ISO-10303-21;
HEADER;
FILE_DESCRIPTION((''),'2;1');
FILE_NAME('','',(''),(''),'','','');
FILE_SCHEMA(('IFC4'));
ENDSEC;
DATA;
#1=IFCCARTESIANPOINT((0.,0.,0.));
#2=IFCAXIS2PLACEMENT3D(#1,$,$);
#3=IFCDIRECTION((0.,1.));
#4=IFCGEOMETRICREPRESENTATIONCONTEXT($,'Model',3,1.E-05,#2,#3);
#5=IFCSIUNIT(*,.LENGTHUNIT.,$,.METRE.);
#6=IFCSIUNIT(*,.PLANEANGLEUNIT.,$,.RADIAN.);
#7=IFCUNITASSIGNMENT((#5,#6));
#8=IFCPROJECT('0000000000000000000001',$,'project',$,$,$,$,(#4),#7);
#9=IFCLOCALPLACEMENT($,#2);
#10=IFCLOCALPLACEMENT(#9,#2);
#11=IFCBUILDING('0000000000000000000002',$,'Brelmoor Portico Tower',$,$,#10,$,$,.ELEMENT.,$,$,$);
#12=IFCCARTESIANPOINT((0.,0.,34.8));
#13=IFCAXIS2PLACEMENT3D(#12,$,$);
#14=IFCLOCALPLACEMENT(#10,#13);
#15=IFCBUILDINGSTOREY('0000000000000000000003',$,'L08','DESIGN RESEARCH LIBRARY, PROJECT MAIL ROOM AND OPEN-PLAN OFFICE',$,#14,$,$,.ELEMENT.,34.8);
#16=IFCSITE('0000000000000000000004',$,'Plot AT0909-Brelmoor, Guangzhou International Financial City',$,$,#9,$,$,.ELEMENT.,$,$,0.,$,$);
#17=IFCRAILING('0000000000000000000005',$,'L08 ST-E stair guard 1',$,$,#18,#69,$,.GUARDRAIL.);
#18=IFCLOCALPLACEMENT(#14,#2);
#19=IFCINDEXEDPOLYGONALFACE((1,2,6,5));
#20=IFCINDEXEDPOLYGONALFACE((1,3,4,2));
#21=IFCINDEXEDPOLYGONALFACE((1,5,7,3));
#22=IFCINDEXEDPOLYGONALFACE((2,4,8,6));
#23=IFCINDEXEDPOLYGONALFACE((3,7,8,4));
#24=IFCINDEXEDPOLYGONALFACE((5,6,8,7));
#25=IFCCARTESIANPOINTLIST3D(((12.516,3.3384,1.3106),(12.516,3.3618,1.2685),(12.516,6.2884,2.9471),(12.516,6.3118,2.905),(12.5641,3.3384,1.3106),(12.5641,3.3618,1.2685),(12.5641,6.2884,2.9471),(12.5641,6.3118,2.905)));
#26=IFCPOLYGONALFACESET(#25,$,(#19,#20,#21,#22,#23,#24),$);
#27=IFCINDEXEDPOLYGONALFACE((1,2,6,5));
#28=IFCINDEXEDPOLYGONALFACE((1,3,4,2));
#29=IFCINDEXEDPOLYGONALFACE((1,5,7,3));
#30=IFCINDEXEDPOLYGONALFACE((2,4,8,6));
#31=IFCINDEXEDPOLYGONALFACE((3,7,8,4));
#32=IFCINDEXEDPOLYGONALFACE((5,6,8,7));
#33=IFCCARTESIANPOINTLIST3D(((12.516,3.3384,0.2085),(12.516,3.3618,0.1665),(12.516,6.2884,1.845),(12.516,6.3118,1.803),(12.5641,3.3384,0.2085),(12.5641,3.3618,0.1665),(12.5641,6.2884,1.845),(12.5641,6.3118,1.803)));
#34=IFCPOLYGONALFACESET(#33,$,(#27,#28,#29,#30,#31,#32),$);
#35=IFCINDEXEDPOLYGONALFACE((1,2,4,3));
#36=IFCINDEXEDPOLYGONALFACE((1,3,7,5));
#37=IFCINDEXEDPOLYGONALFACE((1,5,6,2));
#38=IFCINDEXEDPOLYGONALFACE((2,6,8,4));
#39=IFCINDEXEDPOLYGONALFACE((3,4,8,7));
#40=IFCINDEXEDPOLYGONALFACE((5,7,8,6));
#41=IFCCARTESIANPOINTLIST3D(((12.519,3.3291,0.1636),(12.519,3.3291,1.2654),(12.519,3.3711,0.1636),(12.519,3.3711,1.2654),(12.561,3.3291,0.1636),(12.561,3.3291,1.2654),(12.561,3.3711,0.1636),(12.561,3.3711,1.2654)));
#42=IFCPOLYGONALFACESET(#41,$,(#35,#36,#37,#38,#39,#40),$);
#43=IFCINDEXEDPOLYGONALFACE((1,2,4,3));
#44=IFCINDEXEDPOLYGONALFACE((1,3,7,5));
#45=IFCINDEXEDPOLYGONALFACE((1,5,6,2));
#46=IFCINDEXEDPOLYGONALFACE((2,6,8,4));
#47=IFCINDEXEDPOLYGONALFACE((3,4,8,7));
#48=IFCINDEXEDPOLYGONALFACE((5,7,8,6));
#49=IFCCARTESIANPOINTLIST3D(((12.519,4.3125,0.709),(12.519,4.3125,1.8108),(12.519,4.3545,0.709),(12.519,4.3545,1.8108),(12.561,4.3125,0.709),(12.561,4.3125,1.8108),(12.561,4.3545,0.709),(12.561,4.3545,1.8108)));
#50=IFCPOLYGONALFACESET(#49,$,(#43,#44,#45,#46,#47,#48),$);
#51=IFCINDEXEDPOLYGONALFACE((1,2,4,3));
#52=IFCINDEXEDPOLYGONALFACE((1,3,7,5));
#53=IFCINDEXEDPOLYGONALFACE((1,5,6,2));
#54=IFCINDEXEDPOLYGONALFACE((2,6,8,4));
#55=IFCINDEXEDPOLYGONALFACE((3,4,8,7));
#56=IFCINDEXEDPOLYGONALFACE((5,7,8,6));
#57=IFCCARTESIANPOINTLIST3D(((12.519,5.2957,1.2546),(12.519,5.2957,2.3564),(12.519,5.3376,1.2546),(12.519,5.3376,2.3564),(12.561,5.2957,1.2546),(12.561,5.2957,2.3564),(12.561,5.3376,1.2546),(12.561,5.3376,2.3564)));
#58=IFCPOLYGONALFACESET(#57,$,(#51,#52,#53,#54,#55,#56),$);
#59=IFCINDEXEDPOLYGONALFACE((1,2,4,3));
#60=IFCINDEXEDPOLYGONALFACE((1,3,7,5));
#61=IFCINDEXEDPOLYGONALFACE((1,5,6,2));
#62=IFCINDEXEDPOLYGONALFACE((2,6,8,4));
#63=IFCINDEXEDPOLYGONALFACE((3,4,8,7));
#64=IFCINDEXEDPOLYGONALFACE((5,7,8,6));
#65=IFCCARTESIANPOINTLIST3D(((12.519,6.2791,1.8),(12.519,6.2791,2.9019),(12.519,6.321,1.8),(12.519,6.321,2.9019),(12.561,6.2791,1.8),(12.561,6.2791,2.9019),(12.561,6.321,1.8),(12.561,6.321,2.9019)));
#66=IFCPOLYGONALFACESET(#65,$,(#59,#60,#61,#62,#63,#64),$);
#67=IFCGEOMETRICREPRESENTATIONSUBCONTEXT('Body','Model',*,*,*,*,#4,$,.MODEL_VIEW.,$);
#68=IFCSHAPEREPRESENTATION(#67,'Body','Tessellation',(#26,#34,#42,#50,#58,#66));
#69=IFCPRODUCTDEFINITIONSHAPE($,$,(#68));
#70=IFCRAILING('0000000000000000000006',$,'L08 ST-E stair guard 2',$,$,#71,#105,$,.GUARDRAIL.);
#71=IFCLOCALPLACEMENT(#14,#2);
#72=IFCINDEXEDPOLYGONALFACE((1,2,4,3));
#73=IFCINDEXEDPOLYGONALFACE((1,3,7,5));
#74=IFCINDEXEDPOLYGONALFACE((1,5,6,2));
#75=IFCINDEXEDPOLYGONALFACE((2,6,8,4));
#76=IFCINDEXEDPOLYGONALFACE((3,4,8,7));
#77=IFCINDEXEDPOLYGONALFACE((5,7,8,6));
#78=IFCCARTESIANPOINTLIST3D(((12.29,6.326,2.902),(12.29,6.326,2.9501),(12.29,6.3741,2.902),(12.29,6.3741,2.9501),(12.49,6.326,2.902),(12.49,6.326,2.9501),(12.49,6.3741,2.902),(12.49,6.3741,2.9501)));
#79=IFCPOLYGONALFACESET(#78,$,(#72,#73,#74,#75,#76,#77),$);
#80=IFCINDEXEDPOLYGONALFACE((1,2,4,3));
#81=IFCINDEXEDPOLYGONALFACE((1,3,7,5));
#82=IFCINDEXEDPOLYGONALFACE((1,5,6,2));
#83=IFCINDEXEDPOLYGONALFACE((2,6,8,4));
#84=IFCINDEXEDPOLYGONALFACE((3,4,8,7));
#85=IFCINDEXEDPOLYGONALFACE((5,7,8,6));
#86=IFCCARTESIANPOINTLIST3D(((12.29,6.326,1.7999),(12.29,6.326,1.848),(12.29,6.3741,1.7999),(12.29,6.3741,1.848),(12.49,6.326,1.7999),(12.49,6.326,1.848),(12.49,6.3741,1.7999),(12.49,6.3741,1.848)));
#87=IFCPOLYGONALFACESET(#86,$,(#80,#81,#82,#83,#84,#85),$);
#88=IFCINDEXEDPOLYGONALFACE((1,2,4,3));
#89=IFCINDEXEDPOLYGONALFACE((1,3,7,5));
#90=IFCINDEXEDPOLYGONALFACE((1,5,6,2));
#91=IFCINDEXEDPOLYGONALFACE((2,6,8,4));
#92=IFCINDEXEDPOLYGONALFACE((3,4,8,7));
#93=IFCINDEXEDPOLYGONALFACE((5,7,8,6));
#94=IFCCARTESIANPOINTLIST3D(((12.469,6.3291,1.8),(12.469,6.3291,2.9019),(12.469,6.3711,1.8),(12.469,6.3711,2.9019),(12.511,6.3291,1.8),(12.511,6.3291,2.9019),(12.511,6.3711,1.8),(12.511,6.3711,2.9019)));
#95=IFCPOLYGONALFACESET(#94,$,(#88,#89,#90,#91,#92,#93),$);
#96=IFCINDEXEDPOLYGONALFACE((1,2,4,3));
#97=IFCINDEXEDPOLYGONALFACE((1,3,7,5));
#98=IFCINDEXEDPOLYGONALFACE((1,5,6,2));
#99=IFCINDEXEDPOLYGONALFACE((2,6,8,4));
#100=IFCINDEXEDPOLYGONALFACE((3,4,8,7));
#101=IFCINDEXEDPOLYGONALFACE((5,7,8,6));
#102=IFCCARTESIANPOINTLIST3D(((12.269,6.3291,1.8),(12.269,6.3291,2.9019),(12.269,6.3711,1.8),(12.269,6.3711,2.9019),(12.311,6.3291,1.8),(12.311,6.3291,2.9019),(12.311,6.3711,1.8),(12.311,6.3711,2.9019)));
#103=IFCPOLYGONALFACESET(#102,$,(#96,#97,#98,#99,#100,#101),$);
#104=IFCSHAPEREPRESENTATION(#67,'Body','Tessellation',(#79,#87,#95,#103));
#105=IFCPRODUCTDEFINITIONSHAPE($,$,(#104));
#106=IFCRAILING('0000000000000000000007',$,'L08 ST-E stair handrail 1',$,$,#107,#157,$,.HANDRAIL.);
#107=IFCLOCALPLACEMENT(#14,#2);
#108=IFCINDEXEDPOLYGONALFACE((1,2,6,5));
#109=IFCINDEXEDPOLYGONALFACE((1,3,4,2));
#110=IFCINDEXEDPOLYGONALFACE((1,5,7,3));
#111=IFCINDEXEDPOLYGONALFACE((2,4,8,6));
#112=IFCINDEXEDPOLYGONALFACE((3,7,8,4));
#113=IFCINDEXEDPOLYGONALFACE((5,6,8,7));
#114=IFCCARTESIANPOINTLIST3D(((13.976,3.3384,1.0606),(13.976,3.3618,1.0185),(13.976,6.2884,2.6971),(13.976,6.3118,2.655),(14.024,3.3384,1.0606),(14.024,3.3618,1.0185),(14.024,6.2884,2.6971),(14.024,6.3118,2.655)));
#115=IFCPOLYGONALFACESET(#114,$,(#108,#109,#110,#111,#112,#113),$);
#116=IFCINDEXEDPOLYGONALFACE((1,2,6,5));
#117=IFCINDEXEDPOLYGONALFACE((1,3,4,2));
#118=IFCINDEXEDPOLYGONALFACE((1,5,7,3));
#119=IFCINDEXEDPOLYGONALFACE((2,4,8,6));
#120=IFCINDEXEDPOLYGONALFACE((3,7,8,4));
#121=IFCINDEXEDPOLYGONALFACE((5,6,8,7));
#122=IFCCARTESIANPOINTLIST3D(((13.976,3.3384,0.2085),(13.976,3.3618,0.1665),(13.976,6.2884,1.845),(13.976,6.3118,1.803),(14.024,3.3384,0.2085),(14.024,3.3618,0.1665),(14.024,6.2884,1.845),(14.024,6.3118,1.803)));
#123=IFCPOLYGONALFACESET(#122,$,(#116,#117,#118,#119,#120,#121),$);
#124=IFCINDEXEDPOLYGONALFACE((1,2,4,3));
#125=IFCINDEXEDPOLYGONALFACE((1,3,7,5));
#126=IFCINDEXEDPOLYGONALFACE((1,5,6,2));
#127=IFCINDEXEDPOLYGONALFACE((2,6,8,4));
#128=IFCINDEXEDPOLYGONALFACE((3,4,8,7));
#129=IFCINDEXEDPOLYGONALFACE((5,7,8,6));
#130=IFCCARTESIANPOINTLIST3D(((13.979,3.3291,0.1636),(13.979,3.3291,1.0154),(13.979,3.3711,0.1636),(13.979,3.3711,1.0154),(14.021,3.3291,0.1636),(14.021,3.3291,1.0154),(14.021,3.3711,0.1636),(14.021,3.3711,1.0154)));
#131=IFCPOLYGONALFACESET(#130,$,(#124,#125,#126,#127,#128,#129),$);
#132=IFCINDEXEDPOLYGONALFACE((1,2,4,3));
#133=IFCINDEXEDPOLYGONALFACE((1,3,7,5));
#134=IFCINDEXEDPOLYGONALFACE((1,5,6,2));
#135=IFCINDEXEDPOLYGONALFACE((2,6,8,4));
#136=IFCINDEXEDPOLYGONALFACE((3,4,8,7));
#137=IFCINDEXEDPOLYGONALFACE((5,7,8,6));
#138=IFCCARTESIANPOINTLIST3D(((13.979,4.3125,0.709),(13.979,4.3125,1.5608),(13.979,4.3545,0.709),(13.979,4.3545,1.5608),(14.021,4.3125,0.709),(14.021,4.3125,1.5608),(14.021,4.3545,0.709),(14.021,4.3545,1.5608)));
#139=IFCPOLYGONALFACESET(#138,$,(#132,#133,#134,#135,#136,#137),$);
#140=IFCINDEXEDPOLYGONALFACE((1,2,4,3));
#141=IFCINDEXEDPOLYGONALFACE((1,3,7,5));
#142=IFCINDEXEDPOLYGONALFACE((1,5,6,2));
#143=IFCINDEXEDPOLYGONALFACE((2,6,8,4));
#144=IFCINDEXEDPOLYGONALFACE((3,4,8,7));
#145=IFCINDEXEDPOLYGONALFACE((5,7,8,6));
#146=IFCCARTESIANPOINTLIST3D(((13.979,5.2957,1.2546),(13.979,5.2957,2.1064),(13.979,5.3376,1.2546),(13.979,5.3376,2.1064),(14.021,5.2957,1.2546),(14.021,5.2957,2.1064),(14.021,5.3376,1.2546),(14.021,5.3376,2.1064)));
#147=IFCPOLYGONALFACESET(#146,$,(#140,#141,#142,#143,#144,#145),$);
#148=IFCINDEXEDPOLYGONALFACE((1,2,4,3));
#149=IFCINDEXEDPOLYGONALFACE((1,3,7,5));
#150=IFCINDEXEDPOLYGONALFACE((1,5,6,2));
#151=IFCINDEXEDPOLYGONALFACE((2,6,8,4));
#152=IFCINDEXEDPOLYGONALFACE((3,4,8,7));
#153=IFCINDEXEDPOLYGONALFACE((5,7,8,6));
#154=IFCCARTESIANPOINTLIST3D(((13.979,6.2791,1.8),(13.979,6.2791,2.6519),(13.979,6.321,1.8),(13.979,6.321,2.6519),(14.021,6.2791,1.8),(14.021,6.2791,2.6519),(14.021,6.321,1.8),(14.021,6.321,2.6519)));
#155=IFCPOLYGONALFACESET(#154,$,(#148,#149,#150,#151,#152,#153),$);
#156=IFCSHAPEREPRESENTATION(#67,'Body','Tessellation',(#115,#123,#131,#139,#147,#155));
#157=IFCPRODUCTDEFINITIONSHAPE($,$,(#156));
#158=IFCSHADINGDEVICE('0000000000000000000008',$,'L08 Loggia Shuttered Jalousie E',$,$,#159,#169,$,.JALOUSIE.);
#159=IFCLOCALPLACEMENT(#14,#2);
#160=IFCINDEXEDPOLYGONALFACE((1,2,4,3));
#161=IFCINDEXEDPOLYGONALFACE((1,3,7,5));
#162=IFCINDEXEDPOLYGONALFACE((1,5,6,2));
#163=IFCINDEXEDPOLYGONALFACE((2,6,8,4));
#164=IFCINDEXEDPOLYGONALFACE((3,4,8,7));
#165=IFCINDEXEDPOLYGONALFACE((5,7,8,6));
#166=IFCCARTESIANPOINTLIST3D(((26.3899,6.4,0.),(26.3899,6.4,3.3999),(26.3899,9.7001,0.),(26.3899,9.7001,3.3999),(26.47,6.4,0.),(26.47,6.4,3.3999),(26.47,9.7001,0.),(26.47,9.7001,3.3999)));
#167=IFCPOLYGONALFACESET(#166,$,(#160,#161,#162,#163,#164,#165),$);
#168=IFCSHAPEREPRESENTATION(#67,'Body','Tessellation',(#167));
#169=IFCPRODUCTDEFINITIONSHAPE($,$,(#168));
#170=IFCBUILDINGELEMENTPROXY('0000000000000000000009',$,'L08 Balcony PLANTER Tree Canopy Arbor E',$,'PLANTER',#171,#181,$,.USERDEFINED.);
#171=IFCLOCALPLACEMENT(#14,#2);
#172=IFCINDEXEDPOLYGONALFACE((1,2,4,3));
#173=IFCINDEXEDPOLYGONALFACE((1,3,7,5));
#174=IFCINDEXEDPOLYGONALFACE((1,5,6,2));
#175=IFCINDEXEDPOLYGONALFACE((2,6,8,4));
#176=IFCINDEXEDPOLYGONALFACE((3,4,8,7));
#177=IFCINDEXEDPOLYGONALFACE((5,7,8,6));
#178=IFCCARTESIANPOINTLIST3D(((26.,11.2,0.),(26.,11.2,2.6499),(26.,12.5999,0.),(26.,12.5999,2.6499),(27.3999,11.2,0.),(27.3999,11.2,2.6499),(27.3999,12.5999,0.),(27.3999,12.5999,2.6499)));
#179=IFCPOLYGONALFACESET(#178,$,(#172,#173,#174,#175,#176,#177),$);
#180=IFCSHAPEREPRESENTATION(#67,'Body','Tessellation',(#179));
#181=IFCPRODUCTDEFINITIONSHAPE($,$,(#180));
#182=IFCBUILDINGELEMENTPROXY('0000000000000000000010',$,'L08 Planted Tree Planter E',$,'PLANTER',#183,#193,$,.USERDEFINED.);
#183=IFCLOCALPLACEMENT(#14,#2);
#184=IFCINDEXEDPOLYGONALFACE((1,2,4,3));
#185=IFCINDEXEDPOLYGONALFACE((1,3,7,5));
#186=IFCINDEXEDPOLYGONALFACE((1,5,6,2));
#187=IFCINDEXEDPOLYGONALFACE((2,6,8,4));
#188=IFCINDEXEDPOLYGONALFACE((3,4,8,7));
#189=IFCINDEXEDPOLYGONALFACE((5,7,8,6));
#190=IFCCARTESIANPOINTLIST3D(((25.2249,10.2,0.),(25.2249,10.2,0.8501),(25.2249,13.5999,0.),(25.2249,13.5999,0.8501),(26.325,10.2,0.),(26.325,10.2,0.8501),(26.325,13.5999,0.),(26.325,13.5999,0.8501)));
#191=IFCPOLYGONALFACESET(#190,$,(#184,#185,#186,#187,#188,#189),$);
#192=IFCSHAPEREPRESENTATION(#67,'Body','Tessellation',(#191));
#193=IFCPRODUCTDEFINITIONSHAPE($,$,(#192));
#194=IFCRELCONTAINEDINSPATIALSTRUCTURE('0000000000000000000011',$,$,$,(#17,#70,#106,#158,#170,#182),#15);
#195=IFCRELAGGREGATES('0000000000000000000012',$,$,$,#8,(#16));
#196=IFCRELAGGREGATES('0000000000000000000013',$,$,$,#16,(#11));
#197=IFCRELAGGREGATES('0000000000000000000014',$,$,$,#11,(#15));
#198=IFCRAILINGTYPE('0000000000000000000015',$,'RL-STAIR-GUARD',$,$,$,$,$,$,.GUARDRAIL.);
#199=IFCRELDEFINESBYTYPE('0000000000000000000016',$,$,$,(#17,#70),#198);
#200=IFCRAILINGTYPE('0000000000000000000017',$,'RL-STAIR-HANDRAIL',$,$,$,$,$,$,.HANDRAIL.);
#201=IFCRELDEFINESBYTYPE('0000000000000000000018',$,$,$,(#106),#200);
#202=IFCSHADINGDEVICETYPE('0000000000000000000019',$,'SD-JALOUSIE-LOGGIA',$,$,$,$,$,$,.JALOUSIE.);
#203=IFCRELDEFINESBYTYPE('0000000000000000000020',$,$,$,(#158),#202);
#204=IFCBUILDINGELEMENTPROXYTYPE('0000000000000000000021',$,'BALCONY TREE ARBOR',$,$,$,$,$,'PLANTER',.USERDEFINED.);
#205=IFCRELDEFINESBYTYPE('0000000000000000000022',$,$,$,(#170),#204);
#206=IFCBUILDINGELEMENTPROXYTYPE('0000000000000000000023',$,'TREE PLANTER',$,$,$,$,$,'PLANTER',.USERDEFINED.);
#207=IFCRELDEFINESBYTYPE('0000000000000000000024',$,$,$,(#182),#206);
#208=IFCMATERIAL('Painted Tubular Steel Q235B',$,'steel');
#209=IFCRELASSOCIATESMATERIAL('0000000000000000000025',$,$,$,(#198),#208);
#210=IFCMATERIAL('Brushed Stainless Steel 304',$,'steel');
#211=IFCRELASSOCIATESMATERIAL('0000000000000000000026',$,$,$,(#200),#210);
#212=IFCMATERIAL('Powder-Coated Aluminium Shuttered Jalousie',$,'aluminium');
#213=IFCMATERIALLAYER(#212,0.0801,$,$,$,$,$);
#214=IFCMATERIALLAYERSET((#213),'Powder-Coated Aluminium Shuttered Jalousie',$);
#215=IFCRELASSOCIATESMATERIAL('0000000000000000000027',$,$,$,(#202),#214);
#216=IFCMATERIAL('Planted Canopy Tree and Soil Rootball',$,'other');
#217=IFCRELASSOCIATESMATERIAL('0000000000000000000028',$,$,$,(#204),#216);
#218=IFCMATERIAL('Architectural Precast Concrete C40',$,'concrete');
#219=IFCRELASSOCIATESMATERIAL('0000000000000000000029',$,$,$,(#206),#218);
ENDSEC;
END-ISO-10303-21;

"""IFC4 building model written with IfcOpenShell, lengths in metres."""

from ifc_helpers import new_model, si_unit, direction, frame, origin, origin_2d, place, context, subcontext, project, spatial, rectangle, extrude, material, layer, layer_set, type_object, element, save


model = new_model("IFC4")

# Units and contexts
model_context = context("Model", 3, precision=1e-05, world=origin(), true_north=direction((0.0, 1.0)))
body_context = subcontext(model_context, "Body", "Model", "MODEL_VIEW")
ifc_project = project(units=[si_unit("LENGTHUNIT", "METRE"), si_unit("PLANEANGLEUNIT", "RADIAN")], contexts=[model_context])

# Site, building, storey
site_placement = place(None, origin())
site = spatial("IfcSite", under=ifc_project, at=site_placement, Name="Plot AT0909-Brelmoor, Guangzhou International Financial City", CompositionType="ELEMENT", RefElevation=0.0)
building_placement = place(site_placement, origin())
building = spatial("IfcBuilding", under=site, at=building_placement, Name="Brelmoor Portico Tower", CompositionType="ELEMENT")
storey_placement = place(building_placement, frame((0.0, 0.0, 34.8)))
storey = spatial("IfcBuildingStorey", under=building, at=storey_placement, Name="L08", Description="DESIGN RESEARCH LIBRARY, PROJECT MAIL ROOM AND OPEN-PLAN OFFICE", CompositionType="ELEMENT", Elevation=34.8)

# Railings
ifc_material_1 = material(Name="Painted Tubular Steel Q235B", Category="steel")
railing_type_1 = type_object("IfcRailingType", Name="RL-STAIR-GUARD", PredefinedType="GUARDRAIL", material=ifc_material_1)
railing_1_placement = place(storey_placement, frame((12.54, 3.3501, 0.1636)))
element("IfcRailing", 1, at=railing_1_placement, inside=storey, type_object=railing_type_1, Name="L08 ST-E stair guard 1", PredefinedType="GUARDRAIL", context=body_context, shape_type="SweptSolid", body=[
    extrude(rectangle(XDim=0.0481, YDim=0.0481, at=origin_2d()), frame((0.0, 0.0, 1.126), z_axis=(0.0, 0.874458, 0.485102), x_axis=(-1.0, 0.0, 0.0)), (0.0, 0.0, 1.0), 3.3735),
    extrude(rectangle(XDim=0.0481, YDim=0.0481, at=origin_2d()), frame((0.0, 0.0, 0.0239), z_axis=(0.0, 0.874458, 0.485102), x_axis=(-1.0, 0.0, 0.0)), (0.0, 0.0, 1.0), 3.3735),
    extrude(rectangle(XDim=0.042, YDim=0.042, at=origin_2d()), origin(), (0.0, 0.0, 1.0), 1.1018),
    extrude(rectangle(XDim=0.042, YDim=0.042, at=origin_2d()), frame((0.0, 0.9834, 0.5454)), (0.0, 0.0, 1.0), 1.1018),
    extrude(rectangle(XDim=0.042, YDim=0.042, at=origin_2d()), frame((0.0, 1.9666, 1.0911)), (0.0, 0.0, 1.0), 1.1018),
    extrude(rectangle(XDim=0.042, YDim=0.042, at=origin_2d()), frame((0.0, 2.95, 1.6365)), (0.0, 0.0, 1.0), 1.1018),
])
railing_2_placement = place(storey_placement, frame((12.49, 6.3501, 1.8)))
element("IfcRailing", 2, at=railing_2_placement, inside=storey, type_object=railing_type_1, Name="L08 ST-E stair guard 2", PredefinedType="GUARDRAIL", context=body_context, shape_type="SweptSolid", body=[
    extrude(rectangle(XDim=0.0481, YDim=0.0481, at=origin_2d()), frame((0.0, 0.0, 1.126), z_axis=(-1.0, 0.0, 0.0), x_axis=(0.0, -1.0, 0.0)), (0.0, 0.0, 1.0), 0.2),
    extrude(rectangle(XDim=0.0481, YDim=0.0481, at=origin_2d()), frame((0.0, 0.0, 0.0239), z_axis=(-1.0, 0.0, 0.0), x_axis=(0.0, -1.0, 0.0)), (0.0, 0.0, 1.0), 0.2),
    extrude(rectangle(XDim=0.042, YDim=0.042, at=origin_2d()), origin(), (0.0, 0.0, 1.0), 1.1018),
    extrude(rectangle(XDim=0.042, YDim=0.042, at=origin_2d()), frame((-0.2, 0.0, 0.0)), (0.0, 0.0, 1.0), 1.1018),
])
ifc_material_2 = material(Name="Brushed Stainless Steel 304", Category="steel")
railing_type_2 = type_object("IfcRailingType", Name="RL-STAIR-HANDRAIL", PredefinedType="HANDRAIL", material=ifc_material_2)
railing_3_placement = place(storey_placement, frame((14.0, 3.3501, 0.1636)))
element("IfcRailing", 3, at=railing_3_placement, inside=storey, type_object=railing_type_2, Name="L08 ST-E stair handrail 1", PredefinedType="HANDRAIL", context=body_context, shape_type="SweptSolid", body=[
    extrude(rectangle(XDim=0.0481, YDim=0.0481, at=origin_2d()), frame((0.0, 0.0, 0.876), z_axis=(0.0, 0.874458, 0.485102), x_axis=(-1.0, 0.0, 0.0)), (0.0, 0.0, 1.0), 3.3735),
    extrude(rectangle(XDim=0.0481, YDim=0.0481, at=origin_2d()), frame((0.0, 0.0, 0.0239), z_axis=(0.0, 0.874458, 0.485102), x_axis=(-1.0, 0.0, 0.0)), (0.0, 0.0, 1.0), 3.3735),
    extrude(rectangle(XDim=0.042, YDim=0.042, at=origin_2d()), origin(), (0.0, 0.0, 1.0), 0.8518),
    extrude(rectangle(XDim=0.042, YDim=0.042, at=origin_2d()), frame((0.0, 0.9834, 0.5454)), (0.0, 0.0, 1.0), 0.8518),
    extrude(rectangle(XDim=0.042, YDim=0.042, at=origin_2d()), frame((0.0, 1.9666, 1.0911)), (0.0, 0.0, 1.0), 0.8518),
    extrude(rectangle(XDim=0.042, YDim=0.042, at=origin_2d()), frame((0.0, 2.95, 1.6365)), (0.0, 0.0, 1.0), 0.8518),
])

# Shading device
ifc_material_3 = material(Name="Powder-Coated Aluminium Shuttered Jalousie", Category="aluminium")
ifc_layer_1 = layer(ifc_material_3, 0.0801)
ifc_layer_set_1 = layer_set([ifc_layer_1], Name="Powder-Coated Aluminium Shuttered Jalousie")
shading_device_type = type_object("IfcShadingDeviceType", Name="SD-JALOUSIE-LOGGIA", PredefinedType="JALOUSIE", material=ifc_layer_set_1)
shading_device_placement = place(storey_placement, frame((26.4299, 8.05, 0.0), z_axis=(0.0, 0.0, 1.0), x_axis=(0.0, 1.0, 0.0)))
element("IfcShadingDevice", 4, at=shading_device_placement, inside=storey, type_object=shading_device_type, Name="L08 Loggia Shuttered Jalousie E", PredefinedType="JALOUSIE", context=body_context, shape_type="SweptSolid", body=[
    extrude(rectangle(XDim=3.3, YDim=0.0801, at=origin_2d()), origin(), (0.0, 0.0, 1.0), 3.3999),
])

# Building element proxies
ifc_material_4 = material(Name="Planted Canopy Tree and Soil Rootball", Category="other")
building_element_proxy_type_1 = type_object("IfcBuildingElementProxyType", Name="BALCONY TREE ARBOR", ElementType="PLANTER", PredefinedType="USERDEFINED", material=ifc_material_4)
proxy_1_placement = place(storey_placement, frame((26.7, 11.8999, 0.0), z_axis=(0.0, 0.0, 1.0), x_axis=(1.0, 0.0, 0.0)))
element("IfcBuildingElementProxy", 5, at=proxy_1_placement, inside=storey, type_object=building_element_proxy_type_1, Name="L08 Balcony PLANTER Tree Canopy Arbor E", ObjectType="PLANTER", PredefinedType="USERDEFINED", context=body_context, shape_type="SweptSolid", body=[
    extrude(rectangle(XDim=1.3999, YDim=1.3999, at=origin_2d()), origin(), (0.0, 0.0, 1.0), 2.6499),
])
ifc_material_5 = material(Name="Architectural Precast Concrete C40", Category="concrete")
building_element_proxy_type_2 = type_object("IfcBuildingElementProxyType", Name="TREE PLANTER", ElementType="PLANTER", PredefinedType="USERDEFINED", material=ifc_material_5)
proxy_2_placement = place(storey_placement, frame((25.7749, 11.8999, 0.0), z_axis=(0.0, 0.0, 1.0), x_axis=(0.0, 1.0, 0.0)))
element("IfcBuildingElementProxy", 6, at=proxy_2_placement, inside=storey, type_object=building_element_proxy_type_2, Name="L08 Planted Tree Planter E", ObjectType="PLANTER", PredefinedType="USERDEFINED", context=body_context, shape_type="SweptSolid", body=[
    extrude(rectangle(XDim=3.3999, YDim=1.1001, at=origin_2d()), origin(), (0.0, 0.0, 1.0), 0.8501),
])

save(model, "model.ifc")
